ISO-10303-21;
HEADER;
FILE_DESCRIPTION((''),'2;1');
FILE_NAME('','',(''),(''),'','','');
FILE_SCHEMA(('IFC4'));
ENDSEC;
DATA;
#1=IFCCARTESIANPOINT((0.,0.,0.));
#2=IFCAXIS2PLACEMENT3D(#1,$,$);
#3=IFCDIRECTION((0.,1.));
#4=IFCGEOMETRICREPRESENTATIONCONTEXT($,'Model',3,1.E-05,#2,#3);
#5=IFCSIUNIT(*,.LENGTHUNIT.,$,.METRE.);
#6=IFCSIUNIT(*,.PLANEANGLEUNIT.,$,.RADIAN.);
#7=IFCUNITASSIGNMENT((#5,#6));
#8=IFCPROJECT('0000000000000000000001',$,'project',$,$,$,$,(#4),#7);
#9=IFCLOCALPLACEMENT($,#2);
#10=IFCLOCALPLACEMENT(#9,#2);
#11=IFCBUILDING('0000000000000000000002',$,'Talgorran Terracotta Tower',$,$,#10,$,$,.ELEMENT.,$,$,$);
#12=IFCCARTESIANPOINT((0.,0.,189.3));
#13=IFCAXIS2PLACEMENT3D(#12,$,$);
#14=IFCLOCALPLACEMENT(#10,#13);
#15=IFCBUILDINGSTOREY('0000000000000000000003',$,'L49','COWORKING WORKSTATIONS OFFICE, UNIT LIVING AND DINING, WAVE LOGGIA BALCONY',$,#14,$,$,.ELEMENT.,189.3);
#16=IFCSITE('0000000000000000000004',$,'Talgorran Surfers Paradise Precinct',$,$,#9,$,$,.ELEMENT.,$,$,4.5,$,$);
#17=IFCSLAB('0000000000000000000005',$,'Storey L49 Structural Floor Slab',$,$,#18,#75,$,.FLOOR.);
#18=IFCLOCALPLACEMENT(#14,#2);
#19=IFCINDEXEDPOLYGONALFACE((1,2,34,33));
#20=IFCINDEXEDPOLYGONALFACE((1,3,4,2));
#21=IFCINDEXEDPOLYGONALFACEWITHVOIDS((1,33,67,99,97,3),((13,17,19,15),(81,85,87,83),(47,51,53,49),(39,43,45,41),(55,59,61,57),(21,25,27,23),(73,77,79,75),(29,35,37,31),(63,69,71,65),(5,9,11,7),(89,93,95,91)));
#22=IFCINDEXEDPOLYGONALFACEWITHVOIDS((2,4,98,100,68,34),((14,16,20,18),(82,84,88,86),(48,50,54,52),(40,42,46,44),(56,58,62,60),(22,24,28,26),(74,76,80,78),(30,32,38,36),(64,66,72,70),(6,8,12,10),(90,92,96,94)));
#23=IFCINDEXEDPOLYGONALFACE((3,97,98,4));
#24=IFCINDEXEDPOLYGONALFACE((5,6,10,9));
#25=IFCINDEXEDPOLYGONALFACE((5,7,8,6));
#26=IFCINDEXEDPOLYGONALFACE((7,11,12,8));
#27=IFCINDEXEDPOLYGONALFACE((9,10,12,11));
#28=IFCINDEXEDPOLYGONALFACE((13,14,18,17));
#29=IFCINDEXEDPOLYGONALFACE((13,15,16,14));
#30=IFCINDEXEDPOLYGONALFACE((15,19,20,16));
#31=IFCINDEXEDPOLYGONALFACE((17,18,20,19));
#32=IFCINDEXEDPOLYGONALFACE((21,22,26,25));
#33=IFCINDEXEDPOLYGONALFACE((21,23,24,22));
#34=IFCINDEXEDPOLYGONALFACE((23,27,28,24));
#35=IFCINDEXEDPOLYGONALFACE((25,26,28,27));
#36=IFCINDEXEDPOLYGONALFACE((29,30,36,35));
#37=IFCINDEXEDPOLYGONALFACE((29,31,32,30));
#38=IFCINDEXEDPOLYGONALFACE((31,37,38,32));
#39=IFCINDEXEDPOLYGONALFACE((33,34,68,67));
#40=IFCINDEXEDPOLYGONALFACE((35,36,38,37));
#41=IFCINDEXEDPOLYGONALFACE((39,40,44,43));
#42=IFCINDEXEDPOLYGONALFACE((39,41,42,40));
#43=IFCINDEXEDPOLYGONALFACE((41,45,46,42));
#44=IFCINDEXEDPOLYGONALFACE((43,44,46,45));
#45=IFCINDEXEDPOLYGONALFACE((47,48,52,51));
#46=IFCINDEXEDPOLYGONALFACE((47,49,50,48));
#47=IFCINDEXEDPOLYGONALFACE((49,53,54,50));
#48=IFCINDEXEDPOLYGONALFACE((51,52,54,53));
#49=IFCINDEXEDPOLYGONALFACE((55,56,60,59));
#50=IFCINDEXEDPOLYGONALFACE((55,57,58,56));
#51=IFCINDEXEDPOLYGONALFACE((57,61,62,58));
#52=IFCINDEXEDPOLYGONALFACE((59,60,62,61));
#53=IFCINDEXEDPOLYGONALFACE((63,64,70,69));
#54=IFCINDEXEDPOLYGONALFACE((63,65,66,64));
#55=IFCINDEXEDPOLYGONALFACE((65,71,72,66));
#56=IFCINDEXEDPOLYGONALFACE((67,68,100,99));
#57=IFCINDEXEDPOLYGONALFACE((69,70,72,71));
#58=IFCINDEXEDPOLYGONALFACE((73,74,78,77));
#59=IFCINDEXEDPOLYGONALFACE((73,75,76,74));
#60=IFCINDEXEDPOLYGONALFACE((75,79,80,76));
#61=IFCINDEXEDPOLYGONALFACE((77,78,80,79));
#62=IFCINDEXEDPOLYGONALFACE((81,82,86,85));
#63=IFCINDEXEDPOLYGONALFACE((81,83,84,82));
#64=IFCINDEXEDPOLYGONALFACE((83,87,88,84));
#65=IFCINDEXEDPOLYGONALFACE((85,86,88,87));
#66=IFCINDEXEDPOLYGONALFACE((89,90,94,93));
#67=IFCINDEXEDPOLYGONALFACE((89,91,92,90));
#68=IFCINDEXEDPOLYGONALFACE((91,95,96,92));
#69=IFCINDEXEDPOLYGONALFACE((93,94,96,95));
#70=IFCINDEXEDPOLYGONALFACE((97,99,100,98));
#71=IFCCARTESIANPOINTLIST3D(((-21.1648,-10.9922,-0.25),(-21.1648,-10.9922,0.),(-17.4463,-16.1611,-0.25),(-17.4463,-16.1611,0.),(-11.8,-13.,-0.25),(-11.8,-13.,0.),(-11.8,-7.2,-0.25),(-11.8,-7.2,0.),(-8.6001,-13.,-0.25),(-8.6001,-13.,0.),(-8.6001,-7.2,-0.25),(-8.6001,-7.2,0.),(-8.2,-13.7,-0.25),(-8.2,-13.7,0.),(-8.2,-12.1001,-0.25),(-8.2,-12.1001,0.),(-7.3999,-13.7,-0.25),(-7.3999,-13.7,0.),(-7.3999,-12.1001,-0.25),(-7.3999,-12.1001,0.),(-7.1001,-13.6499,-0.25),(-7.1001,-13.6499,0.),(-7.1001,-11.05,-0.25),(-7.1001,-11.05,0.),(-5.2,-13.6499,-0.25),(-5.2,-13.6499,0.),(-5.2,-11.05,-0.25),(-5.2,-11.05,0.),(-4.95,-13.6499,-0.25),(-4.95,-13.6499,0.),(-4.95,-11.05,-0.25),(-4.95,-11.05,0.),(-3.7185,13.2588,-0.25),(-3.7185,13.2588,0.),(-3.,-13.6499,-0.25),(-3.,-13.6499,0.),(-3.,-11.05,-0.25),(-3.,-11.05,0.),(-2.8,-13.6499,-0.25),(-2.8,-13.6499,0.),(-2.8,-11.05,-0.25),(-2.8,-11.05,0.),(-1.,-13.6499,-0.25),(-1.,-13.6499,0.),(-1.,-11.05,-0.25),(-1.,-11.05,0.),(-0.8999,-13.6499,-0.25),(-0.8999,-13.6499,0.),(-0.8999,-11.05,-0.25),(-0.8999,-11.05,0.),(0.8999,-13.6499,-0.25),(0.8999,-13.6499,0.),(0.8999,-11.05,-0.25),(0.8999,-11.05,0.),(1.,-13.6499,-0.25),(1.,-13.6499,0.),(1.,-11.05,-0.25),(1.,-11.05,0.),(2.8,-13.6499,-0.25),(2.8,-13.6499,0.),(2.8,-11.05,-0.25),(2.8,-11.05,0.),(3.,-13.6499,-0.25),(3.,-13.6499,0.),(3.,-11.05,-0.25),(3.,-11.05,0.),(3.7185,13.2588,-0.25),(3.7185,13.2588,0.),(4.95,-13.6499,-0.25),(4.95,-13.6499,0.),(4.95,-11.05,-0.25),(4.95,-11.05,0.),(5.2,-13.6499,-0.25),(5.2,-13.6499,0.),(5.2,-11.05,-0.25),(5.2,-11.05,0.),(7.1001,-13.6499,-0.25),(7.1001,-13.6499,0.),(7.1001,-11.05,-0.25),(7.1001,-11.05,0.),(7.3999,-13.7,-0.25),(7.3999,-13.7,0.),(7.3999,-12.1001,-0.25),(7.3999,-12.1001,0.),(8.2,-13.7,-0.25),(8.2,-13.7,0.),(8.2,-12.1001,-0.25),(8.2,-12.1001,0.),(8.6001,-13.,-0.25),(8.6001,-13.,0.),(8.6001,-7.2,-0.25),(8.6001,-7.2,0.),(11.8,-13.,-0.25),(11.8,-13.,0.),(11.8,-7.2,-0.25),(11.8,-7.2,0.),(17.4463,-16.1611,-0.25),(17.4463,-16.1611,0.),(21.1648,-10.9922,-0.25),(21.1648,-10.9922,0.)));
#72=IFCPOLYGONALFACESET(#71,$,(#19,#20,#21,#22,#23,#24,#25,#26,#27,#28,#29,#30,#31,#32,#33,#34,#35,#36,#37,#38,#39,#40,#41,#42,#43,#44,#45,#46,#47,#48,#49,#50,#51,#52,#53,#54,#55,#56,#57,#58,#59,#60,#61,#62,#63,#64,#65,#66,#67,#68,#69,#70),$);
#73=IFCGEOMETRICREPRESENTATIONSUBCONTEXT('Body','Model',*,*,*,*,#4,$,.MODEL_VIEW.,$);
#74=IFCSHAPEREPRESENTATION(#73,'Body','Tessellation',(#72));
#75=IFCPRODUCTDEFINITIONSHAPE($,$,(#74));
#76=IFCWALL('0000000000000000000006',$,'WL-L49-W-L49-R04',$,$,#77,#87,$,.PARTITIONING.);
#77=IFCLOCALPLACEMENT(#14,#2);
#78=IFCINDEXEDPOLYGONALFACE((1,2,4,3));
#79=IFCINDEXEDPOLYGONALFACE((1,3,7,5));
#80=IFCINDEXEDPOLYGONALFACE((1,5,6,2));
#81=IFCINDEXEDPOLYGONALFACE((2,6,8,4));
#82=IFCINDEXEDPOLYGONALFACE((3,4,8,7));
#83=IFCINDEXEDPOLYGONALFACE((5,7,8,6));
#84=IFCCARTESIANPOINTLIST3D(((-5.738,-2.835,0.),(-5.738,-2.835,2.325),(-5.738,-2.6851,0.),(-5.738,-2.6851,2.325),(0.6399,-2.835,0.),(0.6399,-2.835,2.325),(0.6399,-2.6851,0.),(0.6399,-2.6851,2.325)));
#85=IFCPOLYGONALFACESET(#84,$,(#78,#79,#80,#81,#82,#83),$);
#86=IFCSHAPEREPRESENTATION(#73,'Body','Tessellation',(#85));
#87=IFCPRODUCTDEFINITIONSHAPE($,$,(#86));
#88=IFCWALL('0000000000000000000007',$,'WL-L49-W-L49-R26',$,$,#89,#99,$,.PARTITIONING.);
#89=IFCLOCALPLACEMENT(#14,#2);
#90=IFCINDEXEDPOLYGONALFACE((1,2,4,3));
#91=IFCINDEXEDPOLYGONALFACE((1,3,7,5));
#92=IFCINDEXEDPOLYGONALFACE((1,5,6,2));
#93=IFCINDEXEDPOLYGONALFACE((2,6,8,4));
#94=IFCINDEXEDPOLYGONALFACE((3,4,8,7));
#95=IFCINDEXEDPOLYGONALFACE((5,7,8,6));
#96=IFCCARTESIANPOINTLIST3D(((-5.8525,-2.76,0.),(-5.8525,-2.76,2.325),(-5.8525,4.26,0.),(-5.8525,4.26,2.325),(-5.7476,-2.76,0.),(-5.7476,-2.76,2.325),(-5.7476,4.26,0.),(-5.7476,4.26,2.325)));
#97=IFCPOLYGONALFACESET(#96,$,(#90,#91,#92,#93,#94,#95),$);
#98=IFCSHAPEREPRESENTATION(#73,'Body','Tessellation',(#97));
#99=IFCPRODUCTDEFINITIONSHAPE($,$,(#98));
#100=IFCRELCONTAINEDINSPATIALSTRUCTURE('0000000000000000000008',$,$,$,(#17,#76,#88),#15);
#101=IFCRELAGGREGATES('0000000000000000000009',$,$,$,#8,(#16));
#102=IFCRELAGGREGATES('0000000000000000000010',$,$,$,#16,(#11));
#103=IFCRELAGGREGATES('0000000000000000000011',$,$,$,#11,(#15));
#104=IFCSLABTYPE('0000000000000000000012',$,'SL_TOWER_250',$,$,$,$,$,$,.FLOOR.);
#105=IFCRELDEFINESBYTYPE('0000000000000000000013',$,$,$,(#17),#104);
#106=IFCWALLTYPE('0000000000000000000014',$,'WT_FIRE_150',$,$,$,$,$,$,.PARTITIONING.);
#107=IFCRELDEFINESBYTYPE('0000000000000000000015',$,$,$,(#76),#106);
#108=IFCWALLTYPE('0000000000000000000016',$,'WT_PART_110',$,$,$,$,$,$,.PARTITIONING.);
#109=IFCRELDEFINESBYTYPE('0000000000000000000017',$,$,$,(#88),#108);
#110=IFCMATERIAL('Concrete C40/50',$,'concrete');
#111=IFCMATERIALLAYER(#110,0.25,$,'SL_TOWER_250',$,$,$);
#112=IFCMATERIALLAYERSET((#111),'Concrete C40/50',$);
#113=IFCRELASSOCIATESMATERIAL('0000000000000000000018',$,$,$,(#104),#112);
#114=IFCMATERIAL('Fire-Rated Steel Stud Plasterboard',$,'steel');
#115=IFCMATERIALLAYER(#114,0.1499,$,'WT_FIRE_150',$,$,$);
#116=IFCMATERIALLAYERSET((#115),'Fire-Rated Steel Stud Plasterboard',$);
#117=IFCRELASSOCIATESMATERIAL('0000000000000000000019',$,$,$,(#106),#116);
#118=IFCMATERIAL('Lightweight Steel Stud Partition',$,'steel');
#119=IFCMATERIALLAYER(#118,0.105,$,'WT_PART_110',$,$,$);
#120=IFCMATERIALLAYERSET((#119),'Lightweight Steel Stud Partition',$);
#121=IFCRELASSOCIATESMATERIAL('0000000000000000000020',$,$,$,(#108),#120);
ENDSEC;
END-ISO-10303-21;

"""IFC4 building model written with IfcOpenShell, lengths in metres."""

from ifc_helpers import new_model, si_unit, direction, frame, frame_2d, origin, place, context, subcontext, project, spatial, polyline, rectangle, outline, extrude, material, layer, layer_set, type_object, element, save


model = new_model("IFC4")

# Units and contexts
model_context = context("Model", 3, precision=1e-05, world=origin(), true_north=direction((0.0, 1.0)))
body_context = subcontext(model_context, "Body", "Model", "MODEL_VIEW")
ifc_project = project(units=[si_unit("LENGTHUNIT", "METRE"), si_unit("PLANEANGLEUNIT", "RADIAN")], contexts=[model_context])

# Site, building, storey
site_placement = place(None, origin())
site = spatial("IfcSite", under=ifc_project, at=site_placement, Name="Talgorran Surfers Paradise Precinct", CompositionType="ELEMENT", RefElevation=4.5)
building_placement = place(site_placement, origin())
building = spatial("IfcBuilding", under=site, at=building_placement, Name="Talgorran Terracotta Tower", CompositionType="ELEMENT")
storey_placement = place(building_placement, frame((0.0, 0.0, 189.3)))
storey = spatial("IfcBuildingStorey", under=building, at=storey_placement, Name="L49", Description="COWORKING WORKSTATIONS OFFICE, UNIT LIVING AND DINING, WAVE LOGGIA BALCONY", CompositionType="ELEMENT", Elevation=189.3)

# Slab
ifc_material_1 = material(Name="Concrete C40/50", Category="concrete")
ifc_layer_1 = layer(ifc_material_1, 0.25, Name="SL_TOWER_250")
ifc_layer_set_1 = layer_set([ifc_layer_1], Name="Concrete C40/50")
slab_type_1 = type_object("IfcSlabType", Name="SL_TOWER_250", PredefinedType="FLOOR", material=ifc_layer_set_1)
slab_1_placement = place(storey_placement, frame((0.0, 0.0, -0.25)))
element("IfcSlab", 1, at=slab_1_placement, inside=storey, type_object=slab_type_1, Name="Storey L49 Structural Floor Slab", PredefinedType="FLOOR", context=body_context, shape_type="SweptSolid", body=[
    extrude(outline(polyline([(-21.1648, -10.9922), (-17.4463, -16.1611), (17.4463, -16.1611), (21.1648, -10.9922), (3.7185, 13.2588), (-3.7185, 13.2588), (-21.1648, -10.9922)]), holes=[polyline([(-11.8, -7.2), (-11.8, -13.0), (-8.6001, -13.0), (-8.6001, -7.2), (-11.8, -7.2)]), polyline([(8.6001, -7.2), (8.6001, -13.0), (11.8, -13.0), (11.8, -7.2), (8.6001, -7.2)]), polyline([(-7.1001, -13.6499), (-5.2, -13.6499), (-5.2, -11.05), (-7.1001, -11.05), (-7.1001, -13.6499)]), polyline([(5.2, -13.6499), (7.1001, -13.6499), (7.1001, -11.05), (5.2, -11.05), (5.2, -13.6499)]), polyline([(3.0, -13.6499), (4.95, -13.6499), (4.95, -11.05), (3.0, -11.05), (3.0, -13.6499)]), polyline([(-4.95, -13.6499), (-3.0, -13.6499), (-3.0, -11.05), (-4.95, -11.05), (-4.95, -13.6499)]), polyline([(-2.8, -13.6499), (-1.0, -13.6499), (-1.0, -11.05), (-2.8, -11.05), (-2.8, -13.6499)]), polyline([(-0.8999, -13.6499), (0.8999, -13.6499), (0.8999, -11.05), (-0.8999, -11.05), (-0.8999, -13.6499)]), polyline([(1.0, -13.6499), (2.8, -13.6499), (2.8, -11.05), (1.0, -11.05), (1.0, -13.6499)]), polyline([(-8.2, -13.7), (-7.3999, -13.7), (-7.3999, -12.1001), (-8.2, -12.1001), (-8.2, -13.7)]), polyline([(7.3999, -13.7), (8.2, -13.7), (8.2, -12.1001), (7.3999, -12.1001), (7.3999, -13.7)])]), origin(), (0.0, 0.0, 1.0), 0.25),
])

# Walls
ifc_material_2 = material(Name="Fire-Rated Steel Stud Plasterboard", Category="steel")
ifc_layer_2 = layer(ifc_material_2, 0.1499, Name="WT_FIRE_150")
ifc_layer_set_2 = layer_set([ifc_layer_2], Name="Fire-Rated Steel Stud Plasterboard")
wall_type_1 = type_object("IfcWallType", Name="WT_FIRE_150", PredefinedType="PARTITIONING", material=ifc_layer_set_2)
wall_1_placement = place(storey_placement, frame((-5.738, -2.76, 0.0), z_axis=(0.0, 0.0, 1.0), x_axis=(1.0, 0.0, 0.0)))
element("IfcWall", 2, at=wall_1_placement, inside=storey, type_object=wall_type_1, Name="WL-L49-W-L49-R04", PredefinedType="PARTITIONING", context=body_context, shape_type="SweptSolid", body=[
    extrude(rectangle(XDim=6.3779, YDim=0.1499, at=frame_2d((3.189, 0.0))), origin(), (0.0, 0.0, 1.0), 2.325),
])
ifc_material_3 = material(Name="Lightweight Steel Stud Partition", Category="steel")
ifc_layer_3 = layer(ifc_material_3, 0.105, Name="WT_PART_110")
ifc_layer_set_3 = layer_set([ifc_layer_3], Name="Lightweight Steel Stud Partition")
wall_type_2 = type_object("IfcWallType", Name="WT_PART_110", PredefinedType="PARTITIONING", material=ifc_layer_set_3)
wall_2_placement = place(storey_placement, frame((-5.8, -2.76, 0.0), z_axis=(0.0, 0.0, 1.0), x_axis=(0.0, 1.0, 0.0)))
element("IfcWall", 3, at=wall_2_placement, inside=storey, type_object=wall_type_2, Name="WL-L49-W-L49-R26", PredefinedType="PARTITIONING", context=body_context, shape_type="SweptSolid", body=[
    extrude(rectangle(XDim=7.02, YDim=0.105, at=frame_2d((3.51, 0.0))), origin(), (0.0, 0.0, 1.0), 2.325),
])

save(model, "model.ifc")
